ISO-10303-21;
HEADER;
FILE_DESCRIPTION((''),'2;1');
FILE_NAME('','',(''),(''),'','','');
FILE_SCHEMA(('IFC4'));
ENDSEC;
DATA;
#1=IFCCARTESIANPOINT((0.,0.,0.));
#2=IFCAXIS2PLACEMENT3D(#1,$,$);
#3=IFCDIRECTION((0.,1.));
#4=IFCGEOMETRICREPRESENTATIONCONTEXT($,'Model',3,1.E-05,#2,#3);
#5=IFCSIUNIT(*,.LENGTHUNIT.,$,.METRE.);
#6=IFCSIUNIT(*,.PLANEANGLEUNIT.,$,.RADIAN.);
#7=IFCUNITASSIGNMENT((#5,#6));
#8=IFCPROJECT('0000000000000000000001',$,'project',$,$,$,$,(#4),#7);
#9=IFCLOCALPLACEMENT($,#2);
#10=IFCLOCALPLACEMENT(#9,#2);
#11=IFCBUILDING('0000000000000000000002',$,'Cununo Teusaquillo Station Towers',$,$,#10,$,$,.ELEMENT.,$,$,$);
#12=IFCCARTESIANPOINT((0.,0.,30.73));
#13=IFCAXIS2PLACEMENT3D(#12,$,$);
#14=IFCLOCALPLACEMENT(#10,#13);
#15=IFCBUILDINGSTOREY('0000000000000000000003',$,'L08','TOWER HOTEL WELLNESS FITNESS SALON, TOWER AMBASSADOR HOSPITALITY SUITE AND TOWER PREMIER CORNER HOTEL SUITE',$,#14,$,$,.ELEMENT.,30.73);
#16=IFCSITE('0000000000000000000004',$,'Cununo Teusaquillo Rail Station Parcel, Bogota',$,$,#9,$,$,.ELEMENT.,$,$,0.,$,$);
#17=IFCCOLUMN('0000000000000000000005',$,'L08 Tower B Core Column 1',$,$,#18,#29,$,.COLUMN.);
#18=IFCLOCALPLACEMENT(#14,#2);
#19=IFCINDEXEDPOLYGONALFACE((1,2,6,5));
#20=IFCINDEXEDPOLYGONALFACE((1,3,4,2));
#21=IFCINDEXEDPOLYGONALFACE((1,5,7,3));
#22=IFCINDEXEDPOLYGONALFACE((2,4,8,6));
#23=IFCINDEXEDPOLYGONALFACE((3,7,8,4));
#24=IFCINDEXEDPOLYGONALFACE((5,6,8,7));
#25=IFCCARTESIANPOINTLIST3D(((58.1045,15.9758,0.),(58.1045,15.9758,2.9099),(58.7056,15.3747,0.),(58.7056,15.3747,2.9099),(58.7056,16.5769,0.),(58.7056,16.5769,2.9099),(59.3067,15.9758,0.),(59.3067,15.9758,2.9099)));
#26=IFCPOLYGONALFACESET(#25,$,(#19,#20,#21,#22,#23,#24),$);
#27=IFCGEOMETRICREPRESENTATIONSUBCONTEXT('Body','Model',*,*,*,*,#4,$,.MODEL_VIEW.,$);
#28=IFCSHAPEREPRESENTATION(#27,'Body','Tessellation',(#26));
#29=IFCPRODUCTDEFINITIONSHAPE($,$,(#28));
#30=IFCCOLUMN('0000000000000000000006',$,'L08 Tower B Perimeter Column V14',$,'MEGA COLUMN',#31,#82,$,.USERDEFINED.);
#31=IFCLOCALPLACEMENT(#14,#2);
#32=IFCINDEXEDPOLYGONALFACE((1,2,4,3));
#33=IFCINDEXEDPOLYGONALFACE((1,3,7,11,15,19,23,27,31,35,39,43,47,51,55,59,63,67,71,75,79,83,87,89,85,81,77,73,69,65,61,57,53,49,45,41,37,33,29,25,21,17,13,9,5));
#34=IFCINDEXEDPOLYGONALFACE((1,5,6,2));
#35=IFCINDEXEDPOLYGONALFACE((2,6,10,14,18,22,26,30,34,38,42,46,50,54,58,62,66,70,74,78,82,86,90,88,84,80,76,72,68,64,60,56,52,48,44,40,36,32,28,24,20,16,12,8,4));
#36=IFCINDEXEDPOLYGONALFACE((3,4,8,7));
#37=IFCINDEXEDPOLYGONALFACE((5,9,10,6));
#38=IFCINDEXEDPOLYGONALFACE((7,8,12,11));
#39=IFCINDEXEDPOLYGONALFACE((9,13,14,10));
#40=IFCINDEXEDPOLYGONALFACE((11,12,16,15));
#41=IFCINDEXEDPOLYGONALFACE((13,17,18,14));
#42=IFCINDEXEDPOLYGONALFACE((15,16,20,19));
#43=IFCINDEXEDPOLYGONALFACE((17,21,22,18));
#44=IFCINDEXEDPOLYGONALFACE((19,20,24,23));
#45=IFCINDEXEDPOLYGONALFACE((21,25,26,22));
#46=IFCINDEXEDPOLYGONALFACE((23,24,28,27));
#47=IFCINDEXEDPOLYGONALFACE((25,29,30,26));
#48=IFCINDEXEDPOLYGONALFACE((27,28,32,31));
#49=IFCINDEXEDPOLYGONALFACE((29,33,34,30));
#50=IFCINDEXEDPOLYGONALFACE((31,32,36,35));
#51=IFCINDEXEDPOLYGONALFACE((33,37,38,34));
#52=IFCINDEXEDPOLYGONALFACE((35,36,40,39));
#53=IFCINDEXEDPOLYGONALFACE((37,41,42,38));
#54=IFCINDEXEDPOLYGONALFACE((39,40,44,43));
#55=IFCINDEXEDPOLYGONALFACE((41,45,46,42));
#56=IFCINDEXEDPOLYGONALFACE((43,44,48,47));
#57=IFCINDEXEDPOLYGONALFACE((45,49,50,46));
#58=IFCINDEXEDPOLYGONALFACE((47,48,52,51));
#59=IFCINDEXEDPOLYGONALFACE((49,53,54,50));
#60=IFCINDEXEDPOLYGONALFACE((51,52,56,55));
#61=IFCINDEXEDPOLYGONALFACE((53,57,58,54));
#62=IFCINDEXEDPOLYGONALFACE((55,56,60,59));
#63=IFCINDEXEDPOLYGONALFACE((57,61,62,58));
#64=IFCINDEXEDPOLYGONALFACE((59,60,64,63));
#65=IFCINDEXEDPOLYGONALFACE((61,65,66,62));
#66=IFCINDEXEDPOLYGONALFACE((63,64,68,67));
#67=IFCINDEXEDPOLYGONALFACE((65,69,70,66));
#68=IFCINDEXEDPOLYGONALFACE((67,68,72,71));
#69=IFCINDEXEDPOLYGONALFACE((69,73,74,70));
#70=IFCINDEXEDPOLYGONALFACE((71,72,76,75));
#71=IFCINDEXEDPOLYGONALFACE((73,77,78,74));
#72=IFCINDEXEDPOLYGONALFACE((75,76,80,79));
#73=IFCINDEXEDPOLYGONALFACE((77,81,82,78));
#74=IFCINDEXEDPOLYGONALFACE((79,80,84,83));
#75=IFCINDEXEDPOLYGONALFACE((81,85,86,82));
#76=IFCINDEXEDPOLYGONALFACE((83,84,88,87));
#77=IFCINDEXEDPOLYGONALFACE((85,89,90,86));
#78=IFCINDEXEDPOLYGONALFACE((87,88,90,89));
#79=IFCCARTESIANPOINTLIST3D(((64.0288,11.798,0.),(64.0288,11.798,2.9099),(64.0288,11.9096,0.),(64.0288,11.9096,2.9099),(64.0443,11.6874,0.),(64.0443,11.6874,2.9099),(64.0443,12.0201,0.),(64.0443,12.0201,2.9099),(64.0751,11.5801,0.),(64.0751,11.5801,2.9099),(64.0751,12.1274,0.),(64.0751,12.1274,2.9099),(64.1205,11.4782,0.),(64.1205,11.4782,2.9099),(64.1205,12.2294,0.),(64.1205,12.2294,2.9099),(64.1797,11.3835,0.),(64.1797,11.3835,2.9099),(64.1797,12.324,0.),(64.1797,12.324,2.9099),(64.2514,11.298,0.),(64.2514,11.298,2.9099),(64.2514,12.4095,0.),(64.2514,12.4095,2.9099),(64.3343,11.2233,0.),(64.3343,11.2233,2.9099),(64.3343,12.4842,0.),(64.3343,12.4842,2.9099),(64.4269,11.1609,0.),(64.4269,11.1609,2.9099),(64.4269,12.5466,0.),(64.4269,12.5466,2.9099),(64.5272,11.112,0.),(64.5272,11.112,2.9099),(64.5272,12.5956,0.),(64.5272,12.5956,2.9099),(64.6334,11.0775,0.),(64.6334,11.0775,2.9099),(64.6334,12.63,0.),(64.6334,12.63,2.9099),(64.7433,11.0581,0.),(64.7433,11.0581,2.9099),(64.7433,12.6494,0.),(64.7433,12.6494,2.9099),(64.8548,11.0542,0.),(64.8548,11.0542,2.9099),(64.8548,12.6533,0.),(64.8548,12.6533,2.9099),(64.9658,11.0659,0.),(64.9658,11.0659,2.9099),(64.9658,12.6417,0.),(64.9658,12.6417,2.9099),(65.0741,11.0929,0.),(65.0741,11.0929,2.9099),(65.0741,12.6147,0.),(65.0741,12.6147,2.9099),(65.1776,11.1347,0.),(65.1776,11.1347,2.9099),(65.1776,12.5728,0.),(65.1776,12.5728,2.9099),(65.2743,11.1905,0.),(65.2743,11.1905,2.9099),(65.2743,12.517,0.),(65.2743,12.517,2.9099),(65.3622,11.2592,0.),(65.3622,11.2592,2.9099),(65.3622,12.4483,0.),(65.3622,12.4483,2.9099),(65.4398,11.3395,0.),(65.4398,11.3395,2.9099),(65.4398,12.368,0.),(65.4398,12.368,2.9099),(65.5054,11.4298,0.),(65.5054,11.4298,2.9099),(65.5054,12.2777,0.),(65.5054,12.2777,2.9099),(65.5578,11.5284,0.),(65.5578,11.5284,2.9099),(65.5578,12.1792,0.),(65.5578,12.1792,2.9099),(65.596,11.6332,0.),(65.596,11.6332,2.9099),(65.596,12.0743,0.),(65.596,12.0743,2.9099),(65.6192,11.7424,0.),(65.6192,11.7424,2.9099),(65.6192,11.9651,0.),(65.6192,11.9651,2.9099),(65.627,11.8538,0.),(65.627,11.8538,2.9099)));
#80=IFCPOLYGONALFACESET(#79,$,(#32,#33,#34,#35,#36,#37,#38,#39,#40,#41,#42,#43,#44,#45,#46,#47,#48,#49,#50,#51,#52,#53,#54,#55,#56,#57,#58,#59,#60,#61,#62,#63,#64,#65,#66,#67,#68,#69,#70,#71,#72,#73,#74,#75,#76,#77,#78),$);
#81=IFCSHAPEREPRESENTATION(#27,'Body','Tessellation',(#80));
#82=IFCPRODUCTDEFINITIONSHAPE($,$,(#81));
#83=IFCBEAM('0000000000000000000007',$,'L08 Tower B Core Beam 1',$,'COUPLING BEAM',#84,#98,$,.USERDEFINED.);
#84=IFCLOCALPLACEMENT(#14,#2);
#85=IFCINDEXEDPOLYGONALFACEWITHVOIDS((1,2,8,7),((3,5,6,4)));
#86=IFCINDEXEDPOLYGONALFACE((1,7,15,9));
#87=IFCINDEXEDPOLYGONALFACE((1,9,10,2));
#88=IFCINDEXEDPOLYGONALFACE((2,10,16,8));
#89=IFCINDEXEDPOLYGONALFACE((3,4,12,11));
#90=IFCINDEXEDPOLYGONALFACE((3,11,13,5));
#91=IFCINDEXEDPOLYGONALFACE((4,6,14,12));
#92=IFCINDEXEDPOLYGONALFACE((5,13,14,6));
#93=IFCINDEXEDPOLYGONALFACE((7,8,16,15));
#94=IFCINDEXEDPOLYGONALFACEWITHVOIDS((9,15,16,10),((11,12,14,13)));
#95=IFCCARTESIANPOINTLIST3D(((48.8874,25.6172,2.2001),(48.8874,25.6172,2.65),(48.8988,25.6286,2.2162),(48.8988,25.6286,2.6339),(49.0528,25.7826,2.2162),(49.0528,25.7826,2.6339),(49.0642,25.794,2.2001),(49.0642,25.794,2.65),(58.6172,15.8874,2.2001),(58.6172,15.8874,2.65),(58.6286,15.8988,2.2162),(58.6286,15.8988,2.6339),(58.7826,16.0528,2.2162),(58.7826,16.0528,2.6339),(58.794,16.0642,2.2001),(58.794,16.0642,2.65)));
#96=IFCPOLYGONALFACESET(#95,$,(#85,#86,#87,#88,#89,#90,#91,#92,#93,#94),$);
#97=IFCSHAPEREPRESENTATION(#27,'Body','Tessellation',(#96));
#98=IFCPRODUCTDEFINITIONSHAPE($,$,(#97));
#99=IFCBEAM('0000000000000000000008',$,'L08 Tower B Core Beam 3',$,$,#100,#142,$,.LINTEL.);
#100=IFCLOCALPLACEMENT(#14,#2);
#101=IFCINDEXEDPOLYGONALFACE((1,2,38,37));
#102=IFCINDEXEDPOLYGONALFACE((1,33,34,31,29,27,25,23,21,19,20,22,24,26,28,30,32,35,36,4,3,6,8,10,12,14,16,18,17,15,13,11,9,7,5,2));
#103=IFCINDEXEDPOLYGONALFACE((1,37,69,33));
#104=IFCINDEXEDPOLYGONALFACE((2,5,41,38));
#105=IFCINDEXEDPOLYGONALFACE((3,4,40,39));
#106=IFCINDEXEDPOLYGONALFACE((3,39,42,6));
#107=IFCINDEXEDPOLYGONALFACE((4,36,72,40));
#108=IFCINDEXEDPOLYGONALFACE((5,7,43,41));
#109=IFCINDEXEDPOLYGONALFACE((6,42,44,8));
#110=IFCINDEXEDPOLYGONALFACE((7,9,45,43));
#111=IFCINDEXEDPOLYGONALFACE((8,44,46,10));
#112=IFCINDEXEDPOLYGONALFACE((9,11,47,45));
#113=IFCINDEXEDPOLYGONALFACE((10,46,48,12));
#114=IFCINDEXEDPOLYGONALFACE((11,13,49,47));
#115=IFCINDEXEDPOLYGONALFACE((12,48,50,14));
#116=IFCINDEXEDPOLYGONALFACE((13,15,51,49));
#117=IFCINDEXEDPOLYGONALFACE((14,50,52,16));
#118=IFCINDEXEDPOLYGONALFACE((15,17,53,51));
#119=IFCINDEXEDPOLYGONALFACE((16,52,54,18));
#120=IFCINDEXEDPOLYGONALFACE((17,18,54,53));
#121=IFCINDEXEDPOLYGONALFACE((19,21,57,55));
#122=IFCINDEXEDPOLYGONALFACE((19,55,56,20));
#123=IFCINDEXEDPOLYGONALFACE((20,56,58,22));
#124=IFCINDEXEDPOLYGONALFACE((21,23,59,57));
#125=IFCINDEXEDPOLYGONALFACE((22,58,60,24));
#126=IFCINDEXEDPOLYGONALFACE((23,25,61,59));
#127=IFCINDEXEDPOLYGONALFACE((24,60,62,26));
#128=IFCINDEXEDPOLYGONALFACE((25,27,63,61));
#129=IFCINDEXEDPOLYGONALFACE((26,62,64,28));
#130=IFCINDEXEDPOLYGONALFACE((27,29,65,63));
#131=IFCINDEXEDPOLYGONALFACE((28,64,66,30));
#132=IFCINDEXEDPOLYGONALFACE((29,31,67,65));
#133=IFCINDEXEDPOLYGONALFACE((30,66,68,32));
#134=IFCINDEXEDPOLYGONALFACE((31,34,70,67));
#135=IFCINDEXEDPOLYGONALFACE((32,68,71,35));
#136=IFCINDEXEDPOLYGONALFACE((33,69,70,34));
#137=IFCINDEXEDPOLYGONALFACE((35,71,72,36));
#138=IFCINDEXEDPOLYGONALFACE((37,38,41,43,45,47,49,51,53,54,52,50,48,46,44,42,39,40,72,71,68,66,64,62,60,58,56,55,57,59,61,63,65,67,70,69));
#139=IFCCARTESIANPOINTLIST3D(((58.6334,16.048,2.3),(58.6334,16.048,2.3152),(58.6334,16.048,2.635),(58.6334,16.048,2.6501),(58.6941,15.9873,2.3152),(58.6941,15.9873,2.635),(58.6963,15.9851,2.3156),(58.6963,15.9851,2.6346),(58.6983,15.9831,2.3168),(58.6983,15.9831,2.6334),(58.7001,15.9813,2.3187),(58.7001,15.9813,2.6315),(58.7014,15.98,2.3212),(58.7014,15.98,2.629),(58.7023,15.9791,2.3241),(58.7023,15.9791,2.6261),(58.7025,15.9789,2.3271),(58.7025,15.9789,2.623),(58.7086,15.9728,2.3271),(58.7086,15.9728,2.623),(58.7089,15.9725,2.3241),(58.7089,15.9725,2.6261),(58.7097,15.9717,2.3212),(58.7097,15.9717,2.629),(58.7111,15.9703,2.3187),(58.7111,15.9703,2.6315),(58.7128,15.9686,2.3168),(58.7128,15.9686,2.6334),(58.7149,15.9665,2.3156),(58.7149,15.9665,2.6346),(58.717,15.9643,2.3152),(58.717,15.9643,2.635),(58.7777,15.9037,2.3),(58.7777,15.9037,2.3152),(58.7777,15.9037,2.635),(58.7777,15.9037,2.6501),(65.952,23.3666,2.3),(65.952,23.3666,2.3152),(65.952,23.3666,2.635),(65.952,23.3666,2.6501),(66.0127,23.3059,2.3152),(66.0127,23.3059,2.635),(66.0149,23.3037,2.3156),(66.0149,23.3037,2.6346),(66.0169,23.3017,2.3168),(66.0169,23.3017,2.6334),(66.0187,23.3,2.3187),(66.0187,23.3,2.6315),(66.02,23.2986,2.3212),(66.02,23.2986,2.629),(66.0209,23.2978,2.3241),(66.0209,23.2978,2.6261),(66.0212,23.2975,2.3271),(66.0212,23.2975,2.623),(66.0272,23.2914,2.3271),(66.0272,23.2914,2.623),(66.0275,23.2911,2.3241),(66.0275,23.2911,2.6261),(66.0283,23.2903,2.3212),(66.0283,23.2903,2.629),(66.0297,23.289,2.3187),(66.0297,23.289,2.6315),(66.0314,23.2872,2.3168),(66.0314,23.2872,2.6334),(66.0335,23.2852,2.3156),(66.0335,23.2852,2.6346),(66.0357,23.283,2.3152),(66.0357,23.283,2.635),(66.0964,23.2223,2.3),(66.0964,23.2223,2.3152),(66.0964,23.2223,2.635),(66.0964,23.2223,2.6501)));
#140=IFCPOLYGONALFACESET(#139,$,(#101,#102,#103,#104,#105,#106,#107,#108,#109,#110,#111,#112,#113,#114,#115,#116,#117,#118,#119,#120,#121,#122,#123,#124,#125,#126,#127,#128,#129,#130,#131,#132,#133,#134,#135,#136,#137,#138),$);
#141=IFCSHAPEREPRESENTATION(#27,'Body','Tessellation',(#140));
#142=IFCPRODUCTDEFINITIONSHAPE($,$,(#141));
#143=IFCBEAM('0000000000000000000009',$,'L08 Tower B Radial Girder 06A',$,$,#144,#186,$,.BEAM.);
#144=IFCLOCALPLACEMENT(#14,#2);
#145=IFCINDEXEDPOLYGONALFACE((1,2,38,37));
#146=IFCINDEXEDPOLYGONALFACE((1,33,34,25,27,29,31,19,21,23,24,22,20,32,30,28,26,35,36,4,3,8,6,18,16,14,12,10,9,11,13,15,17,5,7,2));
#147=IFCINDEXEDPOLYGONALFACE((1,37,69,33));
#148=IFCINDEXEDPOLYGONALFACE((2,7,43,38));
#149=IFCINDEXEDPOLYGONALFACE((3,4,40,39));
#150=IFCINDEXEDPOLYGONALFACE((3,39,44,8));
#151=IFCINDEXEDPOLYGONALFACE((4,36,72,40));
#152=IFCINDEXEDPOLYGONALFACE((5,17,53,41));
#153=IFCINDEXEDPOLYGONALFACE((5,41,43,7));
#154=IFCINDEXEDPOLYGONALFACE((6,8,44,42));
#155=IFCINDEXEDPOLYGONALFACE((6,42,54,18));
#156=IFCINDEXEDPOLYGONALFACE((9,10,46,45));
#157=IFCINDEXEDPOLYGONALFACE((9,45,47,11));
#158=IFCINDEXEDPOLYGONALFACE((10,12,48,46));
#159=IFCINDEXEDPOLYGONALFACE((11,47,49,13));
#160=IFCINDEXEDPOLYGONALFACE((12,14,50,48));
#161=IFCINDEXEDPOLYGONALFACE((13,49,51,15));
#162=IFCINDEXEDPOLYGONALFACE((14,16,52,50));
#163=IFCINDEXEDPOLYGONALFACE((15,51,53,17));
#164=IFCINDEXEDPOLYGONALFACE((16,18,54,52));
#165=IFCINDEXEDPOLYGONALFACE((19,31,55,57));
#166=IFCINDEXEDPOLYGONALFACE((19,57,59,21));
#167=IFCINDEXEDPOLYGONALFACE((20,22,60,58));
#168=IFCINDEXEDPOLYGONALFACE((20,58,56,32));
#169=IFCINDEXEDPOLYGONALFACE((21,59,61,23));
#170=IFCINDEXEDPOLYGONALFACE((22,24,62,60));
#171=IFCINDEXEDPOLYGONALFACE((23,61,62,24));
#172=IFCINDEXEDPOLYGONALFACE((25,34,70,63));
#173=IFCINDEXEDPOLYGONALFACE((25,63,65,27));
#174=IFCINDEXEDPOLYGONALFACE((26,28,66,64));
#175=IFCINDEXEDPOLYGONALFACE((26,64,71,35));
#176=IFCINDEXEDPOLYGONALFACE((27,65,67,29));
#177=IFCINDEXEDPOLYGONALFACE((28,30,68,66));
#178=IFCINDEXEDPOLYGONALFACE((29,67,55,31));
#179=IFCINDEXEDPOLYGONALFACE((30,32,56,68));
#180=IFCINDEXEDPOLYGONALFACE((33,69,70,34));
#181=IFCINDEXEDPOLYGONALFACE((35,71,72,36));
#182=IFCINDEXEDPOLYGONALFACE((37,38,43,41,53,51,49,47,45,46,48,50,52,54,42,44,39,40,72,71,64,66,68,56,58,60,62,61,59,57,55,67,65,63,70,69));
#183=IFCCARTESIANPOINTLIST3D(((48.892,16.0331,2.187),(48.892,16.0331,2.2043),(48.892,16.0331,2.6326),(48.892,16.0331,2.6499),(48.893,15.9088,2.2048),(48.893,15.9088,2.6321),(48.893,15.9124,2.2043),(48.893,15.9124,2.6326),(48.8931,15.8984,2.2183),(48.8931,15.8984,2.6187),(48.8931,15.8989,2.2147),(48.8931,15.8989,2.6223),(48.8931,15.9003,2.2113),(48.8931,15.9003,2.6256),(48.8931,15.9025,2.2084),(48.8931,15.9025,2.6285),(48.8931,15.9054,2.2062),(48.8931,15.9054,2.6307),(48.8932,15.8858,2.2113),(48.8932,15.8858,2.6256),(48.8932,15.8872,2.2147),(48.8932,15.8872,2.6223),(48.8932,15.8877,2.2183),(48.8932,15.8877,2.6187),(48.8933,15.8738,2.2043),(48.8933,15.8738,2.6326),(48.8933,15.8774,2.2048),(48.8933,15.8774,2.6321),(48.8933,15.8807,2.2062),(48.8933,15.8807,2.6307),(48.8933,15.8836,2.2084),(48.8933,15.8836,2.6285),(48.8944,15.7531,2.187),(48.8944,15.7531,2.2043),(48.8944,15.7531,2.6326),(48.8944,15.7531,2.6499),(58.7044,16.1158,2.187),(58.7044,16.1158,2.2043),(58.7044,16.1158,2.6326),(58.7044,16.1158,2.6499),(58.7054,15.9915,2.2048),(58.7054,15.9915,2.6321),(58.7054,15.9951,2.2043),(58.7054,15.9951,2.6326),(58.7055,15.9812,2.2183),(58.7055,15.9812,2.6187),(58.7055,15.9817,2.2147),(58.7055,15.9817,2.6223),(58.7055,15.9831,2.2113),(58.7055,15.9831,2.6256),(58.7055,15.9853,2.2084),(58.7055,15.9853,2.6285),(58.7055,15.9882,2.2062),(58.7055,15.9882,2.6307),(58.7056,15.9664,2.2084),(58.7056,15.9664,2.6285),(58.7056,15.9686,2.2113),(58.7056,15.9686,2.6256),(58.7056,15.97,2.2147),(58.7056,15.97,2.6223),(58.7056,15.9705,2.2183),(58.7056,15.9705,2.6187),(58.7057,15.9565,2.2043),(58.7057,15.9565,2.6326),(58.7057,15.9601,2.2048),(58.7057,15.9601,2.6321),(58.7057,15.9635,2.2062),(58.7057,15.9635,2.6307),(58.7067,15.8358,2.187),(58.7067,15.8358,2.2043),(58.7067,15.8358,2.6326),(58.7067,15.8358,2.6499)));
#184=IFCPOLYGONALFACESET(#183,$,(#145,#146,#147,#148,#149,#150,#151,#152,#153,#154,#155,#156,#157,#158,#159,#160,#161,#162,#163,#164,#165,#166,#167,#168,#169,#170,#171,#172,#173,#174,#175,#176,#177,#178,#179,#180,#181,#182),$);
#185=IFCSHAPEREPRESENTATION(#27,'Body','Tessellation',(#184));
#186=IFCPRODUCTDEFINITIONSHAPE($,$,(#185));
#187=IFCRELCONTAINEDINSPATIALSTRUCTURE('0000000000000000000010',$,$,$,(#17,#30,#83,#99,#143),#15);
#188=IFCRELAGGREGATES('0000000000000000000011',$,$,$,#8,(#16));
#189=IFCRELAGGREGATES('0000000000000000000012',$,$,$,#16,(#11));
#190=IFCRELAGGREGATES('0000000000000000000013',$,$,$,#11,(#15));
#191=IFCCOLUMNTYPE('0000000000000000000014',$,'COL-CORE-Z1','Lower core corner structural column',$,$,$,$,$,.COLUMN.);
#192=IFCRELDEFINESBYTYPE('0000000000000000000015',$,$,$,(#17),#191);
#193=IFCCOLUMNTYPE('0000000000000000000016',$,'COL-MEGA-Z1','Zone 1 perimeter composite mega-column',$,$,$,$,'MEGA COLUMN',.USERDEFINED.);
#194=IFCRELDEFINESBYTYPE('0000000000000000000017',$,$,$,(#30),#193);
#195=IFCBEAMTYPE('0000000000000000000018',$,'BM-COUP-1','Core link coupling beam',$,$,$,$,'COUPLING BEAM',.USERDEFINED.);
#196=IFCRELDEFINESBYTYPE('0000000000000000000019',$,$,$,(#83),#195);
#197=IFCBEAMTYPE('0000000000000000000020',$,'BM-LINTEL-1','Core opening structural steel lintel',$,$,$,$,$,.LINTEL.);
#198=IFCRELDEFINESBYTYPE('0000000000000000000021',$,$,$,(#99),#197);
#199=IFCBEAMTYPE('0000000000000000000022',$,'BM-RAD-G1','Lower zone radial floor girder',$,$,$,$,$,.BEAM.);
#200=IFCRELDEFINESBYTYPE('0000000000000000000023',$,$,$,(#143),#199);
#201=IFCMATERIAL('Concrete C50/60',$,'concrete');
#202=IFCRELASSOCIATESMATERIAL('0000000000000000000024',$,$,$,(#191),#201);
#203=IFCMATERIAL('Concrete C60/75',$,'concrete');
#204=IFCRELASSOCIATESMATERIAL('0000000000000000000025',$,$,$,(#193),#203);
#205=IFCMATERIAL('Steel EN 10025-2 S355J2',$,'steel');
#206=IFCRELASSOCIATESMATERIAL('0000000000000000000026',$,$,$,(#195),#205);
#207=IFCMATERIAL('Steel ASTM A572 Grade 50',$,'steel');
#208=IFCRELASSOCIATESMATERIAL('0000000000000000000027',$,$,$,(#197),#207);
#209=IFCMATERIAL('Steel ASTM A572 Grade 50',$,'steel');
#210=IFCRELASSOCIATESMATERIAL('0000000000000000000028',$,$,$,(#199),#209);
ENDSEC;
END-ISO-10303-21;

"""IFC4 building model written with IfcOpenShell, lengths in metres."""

from ifc_helpers import new_model, si_unit, direction, frame, origin, origin_2d, place, context, subcontext, project, spatial, rectangle, hollow_rectangle, circle, i_section, extrude, material, material_profile, profile_set, type_object, element, save


model = new_model("IFC4")

# Units and contexts
model_context = context("Model", 3, precision=1e-05, world=origin(), true_north=direction((0.0, 1.0)))
body_context = subcontext(model_context, "Body", "Model", "MODEL_VIEW")
ifc_project = project(units=[si_unit("LENGTHUNIT", "METRE"), si_unit("PLANEANGLEUNIT", "RADIAN")], contexts=[model_context])

# Site, building, storey
site_placement = place(None, origin())
site = spatial("IfcSite", under=ifc_project, at=site_placement, Name="Cununo Teusaquillo Rail Station Parcel, Bogota", CompositionType="ELEMENT", RefElevation=0.0)
building_placement = place(site_placement, origin())
building = spatial("IfcBuilding", under=site, at=building_placement, Name="Cununo Teusaquillo Station Towers", CompositionType="ELEMENT")
storey_placement = place(building_placement, frame((0.0, 0.0, 30.73)))
storey = spatial("IfcBuildingStorey", under=building, at=storey_placement, Name="L08", Description="TOWER HOTEL WELLNESS FITNESS SALON, TOWER AMBASSADOR HOSPITALITY SUITE AND TOWER PREMIER CORNER HOTEL SUITE", CompositionType="ELEMENT", Elevation=30.73)

# Columns
ifc_material_1 = material(Name="Concrete C50/60", Category="concrete")
ifc_material_profile_1 = material_profile(ifc_material_1, rectangle(XDim=0.8501, YDim=0.8501, at=origin_2d()), Name="RC-RECT-850x850")
ifc_profile_set_1 = profile_set([ifc_material_profile_1], Name="Concrete C50/60")
column_type_1 = type_object("IfcColumnType", Name="COL-CORE-Z1", Description="Lower core corner structural column", PredefinedType="COLUMN", material=ifc_profile_set_1)
column_1_placement = place(storey_placement, frame((58.7056, 15.9758, 0.0), z_axis=(0.0, 0.0, 1.0), x_axis=(0.707107, 0.707107, 0.0)))
element("IfcColumn", 1, at=column_1_placement, inside=storey, type_object=column_type_1, Name="L08 Tower B Core Column 1", PredefinedType="COLUMN", context=body_context, shape_type="SweptSolid", body=[
    extrude(rectangle(XDim=0.8501, YDim=0.8501, at=origin_2d()), origin(), (0.0, 0.0, 1.0), 2.9099),
])
ifc_material_2 = material(Name="Concrete C60/75", Category="concrete")
ifc_material_profile_2 = material_profile(ifc_material_2, circle(Radius=0.8, at=origin_2d()), Name="RC-CIRC-1600")
ifc_profile_set_2 = profile_set([ifc_material_profile_2], Name="Concrete C60/75")
column_type_2 = type_object("IfcColumnType", Name="COL-MEGA-Z1", Description="Zone 1 perimeter composite mega-column", ElementType="MEGA COLUMN", PredefinedType="USERDEFINED", material=ifc_profile_set_2)
column_2_placement = place(storey_placement, frame((64.8269, 11.8538, 0.0), z_axis=(0.0, 0.0, 1.0), x_axis=(1.0, 0.0, 0.0)))
element("IfcColumn", 2, at=column_2_placement, inside=storey, type_object=column_type_2, Name="L08 Tower B Perimeter Column V14", ObjectType="MEGA COLUMN", PredefinedType="USERDEFINED", context=body_context, shape_type="SweptSolid", body=[
    extrude(circle(Radius=0.8, at=origin_2d()), origin(), (0.0, 0.0, 1.0), 2.9099),
])

# Beams
ifc_material_3 = material(Name="Steel EN 10025-2 S355J2", Category="steel")
ifc_material_profile_3 = material_profile(ifc_material_3, hollow_rectangle(XDim=0.25, YDim=0.45, WallThickness=0.0161, at=origin_2d()), Name="RHS 450x250x16")
ifc_profile_set_3 = profile_set([ifc_material_profile_3], Name="Steel EN 10025-2 S355J2")
beam_type_1 = type_object("IfcBeamType", Name="BM-COUP-1", Description="Core link coupling beam", ElementType="COUPLING BEAM", PredefinedType="USERDEFINED", material=ifc_profile_set_3)
beam_1_placement = place(storey_placement, frame((58.7056, 15.9758, 2.425), z_axis=(-0.707107, 0.707107, 0.0), x_axis=(-0.707107, -0.707107, 0.0)))
element("IfcBeam", 3, at=beam_1_placement, inside=storey, type_object=beam_type_1, Name="L08 Tower B Core Beam 1", ObjectType="COUPLING BEAM", PredefinedType="USERDEFINED", context=body_context, shape_type="SweptSolid", body=[
    extrude(hollow_rectangle(XDim=0.25, YDim=0.45, WallThickness=0.0161, at=origin_2d()), origin(), (0.0, 0.0, 1.0), 13.76),
])
ifc_material_4 = material(Name="Steel ASTM A572 Grade 50", Category="steel")
ifc_material_profile_4 = material_profile(ifc_material_4, i_section(OverallWidth=0.2041, OverallDepth=0.3501, WebThickness=0.0085, FlangeThickness=0.0151, FilletRadius=0.012, at=origin_2d()), Name="W14X48")
ifc_profile_set_4 = profile_set([ifc_material_profile_4], Name="Steel ASTM A572 Grade 50")
beam_type_2 = type_object("IfcBeamType", Name="BM-LINTEL-1", Description="Core opening structural steel lintel", PredefinedType="LINTEL", material=ifc_profile_set_4)
beam_2_placement = place(storey_placement, frame((58.7056, 15.9758, 2.4751), z_axis=(0.707107, 0.707107, 0.0), x_axis=(-0.707107, 0.707107, 0.0)))
element("IfcBeam", 4, at=beam_2_placement, inside=storey, type_object=beam_type_2, Name="L08 Tower B Core Beam 3", PredefinedType="LINTEL", context=body_context, shape_type="SweptSolid", body=[
    extrude(i_section(OverallWidth=0.2041, OverallDepth=0.3501, WebThickness=0.0085, FlangeThickness=0.0151, FilletRadius=0.012, at=origin_2d()), origin(), (0.0, 0.0, 1.0), 10.3501),
])
ifc_material_5 = material(Name="Steel ASTM A572 Grade 50", Category="steel")
ifc_material_profile_5 = material_profile(ifc_material_5, i_section(OverallWidth=0.28, OverallDepth=0.4629, WebThickness=0.0107, FlangeThickness=0.0173, FilletRadius=0.0139, at=origin_2d()), Name="W18X76")
ifc_profile_set_5 = profile_set([ifc_material_profile_5], Name="Steel ASTM A572 Grade 50")
beam_type_3 = type_object("IfcBeamType", Name="BM-RAD-G1", Description="Lower zone radial floor girder", PredefinedType="BEAM", material=ifc_profile_set_5)
beam_3_placement = place(storey_placement, frame((58.7056, 15.9758, 2.4185), z_axis=(-0.999964, -0.008434, 0.0), x_axis=(0.008434, -0.999964, 0.0)))
element("IfcBeam", 5, at=beam_3_placement, inside=storey, type_object=beam_type_3, Name="L08 Tower B Radial Girder 06A", PredefinedType="BEAM", context=body_context, shape_type="SweptSolid", body=[
    extrude(i_section(OverallWidth=0.28, OverallDepth=0.4629, WebThickness=0.0107, FlangeThickness=0.0173, FilletRadius=0.0139, at=origin_2d()), origin(), (0.0, 0.0, 1.0), 9.8127),
])

save(model, "model.ifc")
